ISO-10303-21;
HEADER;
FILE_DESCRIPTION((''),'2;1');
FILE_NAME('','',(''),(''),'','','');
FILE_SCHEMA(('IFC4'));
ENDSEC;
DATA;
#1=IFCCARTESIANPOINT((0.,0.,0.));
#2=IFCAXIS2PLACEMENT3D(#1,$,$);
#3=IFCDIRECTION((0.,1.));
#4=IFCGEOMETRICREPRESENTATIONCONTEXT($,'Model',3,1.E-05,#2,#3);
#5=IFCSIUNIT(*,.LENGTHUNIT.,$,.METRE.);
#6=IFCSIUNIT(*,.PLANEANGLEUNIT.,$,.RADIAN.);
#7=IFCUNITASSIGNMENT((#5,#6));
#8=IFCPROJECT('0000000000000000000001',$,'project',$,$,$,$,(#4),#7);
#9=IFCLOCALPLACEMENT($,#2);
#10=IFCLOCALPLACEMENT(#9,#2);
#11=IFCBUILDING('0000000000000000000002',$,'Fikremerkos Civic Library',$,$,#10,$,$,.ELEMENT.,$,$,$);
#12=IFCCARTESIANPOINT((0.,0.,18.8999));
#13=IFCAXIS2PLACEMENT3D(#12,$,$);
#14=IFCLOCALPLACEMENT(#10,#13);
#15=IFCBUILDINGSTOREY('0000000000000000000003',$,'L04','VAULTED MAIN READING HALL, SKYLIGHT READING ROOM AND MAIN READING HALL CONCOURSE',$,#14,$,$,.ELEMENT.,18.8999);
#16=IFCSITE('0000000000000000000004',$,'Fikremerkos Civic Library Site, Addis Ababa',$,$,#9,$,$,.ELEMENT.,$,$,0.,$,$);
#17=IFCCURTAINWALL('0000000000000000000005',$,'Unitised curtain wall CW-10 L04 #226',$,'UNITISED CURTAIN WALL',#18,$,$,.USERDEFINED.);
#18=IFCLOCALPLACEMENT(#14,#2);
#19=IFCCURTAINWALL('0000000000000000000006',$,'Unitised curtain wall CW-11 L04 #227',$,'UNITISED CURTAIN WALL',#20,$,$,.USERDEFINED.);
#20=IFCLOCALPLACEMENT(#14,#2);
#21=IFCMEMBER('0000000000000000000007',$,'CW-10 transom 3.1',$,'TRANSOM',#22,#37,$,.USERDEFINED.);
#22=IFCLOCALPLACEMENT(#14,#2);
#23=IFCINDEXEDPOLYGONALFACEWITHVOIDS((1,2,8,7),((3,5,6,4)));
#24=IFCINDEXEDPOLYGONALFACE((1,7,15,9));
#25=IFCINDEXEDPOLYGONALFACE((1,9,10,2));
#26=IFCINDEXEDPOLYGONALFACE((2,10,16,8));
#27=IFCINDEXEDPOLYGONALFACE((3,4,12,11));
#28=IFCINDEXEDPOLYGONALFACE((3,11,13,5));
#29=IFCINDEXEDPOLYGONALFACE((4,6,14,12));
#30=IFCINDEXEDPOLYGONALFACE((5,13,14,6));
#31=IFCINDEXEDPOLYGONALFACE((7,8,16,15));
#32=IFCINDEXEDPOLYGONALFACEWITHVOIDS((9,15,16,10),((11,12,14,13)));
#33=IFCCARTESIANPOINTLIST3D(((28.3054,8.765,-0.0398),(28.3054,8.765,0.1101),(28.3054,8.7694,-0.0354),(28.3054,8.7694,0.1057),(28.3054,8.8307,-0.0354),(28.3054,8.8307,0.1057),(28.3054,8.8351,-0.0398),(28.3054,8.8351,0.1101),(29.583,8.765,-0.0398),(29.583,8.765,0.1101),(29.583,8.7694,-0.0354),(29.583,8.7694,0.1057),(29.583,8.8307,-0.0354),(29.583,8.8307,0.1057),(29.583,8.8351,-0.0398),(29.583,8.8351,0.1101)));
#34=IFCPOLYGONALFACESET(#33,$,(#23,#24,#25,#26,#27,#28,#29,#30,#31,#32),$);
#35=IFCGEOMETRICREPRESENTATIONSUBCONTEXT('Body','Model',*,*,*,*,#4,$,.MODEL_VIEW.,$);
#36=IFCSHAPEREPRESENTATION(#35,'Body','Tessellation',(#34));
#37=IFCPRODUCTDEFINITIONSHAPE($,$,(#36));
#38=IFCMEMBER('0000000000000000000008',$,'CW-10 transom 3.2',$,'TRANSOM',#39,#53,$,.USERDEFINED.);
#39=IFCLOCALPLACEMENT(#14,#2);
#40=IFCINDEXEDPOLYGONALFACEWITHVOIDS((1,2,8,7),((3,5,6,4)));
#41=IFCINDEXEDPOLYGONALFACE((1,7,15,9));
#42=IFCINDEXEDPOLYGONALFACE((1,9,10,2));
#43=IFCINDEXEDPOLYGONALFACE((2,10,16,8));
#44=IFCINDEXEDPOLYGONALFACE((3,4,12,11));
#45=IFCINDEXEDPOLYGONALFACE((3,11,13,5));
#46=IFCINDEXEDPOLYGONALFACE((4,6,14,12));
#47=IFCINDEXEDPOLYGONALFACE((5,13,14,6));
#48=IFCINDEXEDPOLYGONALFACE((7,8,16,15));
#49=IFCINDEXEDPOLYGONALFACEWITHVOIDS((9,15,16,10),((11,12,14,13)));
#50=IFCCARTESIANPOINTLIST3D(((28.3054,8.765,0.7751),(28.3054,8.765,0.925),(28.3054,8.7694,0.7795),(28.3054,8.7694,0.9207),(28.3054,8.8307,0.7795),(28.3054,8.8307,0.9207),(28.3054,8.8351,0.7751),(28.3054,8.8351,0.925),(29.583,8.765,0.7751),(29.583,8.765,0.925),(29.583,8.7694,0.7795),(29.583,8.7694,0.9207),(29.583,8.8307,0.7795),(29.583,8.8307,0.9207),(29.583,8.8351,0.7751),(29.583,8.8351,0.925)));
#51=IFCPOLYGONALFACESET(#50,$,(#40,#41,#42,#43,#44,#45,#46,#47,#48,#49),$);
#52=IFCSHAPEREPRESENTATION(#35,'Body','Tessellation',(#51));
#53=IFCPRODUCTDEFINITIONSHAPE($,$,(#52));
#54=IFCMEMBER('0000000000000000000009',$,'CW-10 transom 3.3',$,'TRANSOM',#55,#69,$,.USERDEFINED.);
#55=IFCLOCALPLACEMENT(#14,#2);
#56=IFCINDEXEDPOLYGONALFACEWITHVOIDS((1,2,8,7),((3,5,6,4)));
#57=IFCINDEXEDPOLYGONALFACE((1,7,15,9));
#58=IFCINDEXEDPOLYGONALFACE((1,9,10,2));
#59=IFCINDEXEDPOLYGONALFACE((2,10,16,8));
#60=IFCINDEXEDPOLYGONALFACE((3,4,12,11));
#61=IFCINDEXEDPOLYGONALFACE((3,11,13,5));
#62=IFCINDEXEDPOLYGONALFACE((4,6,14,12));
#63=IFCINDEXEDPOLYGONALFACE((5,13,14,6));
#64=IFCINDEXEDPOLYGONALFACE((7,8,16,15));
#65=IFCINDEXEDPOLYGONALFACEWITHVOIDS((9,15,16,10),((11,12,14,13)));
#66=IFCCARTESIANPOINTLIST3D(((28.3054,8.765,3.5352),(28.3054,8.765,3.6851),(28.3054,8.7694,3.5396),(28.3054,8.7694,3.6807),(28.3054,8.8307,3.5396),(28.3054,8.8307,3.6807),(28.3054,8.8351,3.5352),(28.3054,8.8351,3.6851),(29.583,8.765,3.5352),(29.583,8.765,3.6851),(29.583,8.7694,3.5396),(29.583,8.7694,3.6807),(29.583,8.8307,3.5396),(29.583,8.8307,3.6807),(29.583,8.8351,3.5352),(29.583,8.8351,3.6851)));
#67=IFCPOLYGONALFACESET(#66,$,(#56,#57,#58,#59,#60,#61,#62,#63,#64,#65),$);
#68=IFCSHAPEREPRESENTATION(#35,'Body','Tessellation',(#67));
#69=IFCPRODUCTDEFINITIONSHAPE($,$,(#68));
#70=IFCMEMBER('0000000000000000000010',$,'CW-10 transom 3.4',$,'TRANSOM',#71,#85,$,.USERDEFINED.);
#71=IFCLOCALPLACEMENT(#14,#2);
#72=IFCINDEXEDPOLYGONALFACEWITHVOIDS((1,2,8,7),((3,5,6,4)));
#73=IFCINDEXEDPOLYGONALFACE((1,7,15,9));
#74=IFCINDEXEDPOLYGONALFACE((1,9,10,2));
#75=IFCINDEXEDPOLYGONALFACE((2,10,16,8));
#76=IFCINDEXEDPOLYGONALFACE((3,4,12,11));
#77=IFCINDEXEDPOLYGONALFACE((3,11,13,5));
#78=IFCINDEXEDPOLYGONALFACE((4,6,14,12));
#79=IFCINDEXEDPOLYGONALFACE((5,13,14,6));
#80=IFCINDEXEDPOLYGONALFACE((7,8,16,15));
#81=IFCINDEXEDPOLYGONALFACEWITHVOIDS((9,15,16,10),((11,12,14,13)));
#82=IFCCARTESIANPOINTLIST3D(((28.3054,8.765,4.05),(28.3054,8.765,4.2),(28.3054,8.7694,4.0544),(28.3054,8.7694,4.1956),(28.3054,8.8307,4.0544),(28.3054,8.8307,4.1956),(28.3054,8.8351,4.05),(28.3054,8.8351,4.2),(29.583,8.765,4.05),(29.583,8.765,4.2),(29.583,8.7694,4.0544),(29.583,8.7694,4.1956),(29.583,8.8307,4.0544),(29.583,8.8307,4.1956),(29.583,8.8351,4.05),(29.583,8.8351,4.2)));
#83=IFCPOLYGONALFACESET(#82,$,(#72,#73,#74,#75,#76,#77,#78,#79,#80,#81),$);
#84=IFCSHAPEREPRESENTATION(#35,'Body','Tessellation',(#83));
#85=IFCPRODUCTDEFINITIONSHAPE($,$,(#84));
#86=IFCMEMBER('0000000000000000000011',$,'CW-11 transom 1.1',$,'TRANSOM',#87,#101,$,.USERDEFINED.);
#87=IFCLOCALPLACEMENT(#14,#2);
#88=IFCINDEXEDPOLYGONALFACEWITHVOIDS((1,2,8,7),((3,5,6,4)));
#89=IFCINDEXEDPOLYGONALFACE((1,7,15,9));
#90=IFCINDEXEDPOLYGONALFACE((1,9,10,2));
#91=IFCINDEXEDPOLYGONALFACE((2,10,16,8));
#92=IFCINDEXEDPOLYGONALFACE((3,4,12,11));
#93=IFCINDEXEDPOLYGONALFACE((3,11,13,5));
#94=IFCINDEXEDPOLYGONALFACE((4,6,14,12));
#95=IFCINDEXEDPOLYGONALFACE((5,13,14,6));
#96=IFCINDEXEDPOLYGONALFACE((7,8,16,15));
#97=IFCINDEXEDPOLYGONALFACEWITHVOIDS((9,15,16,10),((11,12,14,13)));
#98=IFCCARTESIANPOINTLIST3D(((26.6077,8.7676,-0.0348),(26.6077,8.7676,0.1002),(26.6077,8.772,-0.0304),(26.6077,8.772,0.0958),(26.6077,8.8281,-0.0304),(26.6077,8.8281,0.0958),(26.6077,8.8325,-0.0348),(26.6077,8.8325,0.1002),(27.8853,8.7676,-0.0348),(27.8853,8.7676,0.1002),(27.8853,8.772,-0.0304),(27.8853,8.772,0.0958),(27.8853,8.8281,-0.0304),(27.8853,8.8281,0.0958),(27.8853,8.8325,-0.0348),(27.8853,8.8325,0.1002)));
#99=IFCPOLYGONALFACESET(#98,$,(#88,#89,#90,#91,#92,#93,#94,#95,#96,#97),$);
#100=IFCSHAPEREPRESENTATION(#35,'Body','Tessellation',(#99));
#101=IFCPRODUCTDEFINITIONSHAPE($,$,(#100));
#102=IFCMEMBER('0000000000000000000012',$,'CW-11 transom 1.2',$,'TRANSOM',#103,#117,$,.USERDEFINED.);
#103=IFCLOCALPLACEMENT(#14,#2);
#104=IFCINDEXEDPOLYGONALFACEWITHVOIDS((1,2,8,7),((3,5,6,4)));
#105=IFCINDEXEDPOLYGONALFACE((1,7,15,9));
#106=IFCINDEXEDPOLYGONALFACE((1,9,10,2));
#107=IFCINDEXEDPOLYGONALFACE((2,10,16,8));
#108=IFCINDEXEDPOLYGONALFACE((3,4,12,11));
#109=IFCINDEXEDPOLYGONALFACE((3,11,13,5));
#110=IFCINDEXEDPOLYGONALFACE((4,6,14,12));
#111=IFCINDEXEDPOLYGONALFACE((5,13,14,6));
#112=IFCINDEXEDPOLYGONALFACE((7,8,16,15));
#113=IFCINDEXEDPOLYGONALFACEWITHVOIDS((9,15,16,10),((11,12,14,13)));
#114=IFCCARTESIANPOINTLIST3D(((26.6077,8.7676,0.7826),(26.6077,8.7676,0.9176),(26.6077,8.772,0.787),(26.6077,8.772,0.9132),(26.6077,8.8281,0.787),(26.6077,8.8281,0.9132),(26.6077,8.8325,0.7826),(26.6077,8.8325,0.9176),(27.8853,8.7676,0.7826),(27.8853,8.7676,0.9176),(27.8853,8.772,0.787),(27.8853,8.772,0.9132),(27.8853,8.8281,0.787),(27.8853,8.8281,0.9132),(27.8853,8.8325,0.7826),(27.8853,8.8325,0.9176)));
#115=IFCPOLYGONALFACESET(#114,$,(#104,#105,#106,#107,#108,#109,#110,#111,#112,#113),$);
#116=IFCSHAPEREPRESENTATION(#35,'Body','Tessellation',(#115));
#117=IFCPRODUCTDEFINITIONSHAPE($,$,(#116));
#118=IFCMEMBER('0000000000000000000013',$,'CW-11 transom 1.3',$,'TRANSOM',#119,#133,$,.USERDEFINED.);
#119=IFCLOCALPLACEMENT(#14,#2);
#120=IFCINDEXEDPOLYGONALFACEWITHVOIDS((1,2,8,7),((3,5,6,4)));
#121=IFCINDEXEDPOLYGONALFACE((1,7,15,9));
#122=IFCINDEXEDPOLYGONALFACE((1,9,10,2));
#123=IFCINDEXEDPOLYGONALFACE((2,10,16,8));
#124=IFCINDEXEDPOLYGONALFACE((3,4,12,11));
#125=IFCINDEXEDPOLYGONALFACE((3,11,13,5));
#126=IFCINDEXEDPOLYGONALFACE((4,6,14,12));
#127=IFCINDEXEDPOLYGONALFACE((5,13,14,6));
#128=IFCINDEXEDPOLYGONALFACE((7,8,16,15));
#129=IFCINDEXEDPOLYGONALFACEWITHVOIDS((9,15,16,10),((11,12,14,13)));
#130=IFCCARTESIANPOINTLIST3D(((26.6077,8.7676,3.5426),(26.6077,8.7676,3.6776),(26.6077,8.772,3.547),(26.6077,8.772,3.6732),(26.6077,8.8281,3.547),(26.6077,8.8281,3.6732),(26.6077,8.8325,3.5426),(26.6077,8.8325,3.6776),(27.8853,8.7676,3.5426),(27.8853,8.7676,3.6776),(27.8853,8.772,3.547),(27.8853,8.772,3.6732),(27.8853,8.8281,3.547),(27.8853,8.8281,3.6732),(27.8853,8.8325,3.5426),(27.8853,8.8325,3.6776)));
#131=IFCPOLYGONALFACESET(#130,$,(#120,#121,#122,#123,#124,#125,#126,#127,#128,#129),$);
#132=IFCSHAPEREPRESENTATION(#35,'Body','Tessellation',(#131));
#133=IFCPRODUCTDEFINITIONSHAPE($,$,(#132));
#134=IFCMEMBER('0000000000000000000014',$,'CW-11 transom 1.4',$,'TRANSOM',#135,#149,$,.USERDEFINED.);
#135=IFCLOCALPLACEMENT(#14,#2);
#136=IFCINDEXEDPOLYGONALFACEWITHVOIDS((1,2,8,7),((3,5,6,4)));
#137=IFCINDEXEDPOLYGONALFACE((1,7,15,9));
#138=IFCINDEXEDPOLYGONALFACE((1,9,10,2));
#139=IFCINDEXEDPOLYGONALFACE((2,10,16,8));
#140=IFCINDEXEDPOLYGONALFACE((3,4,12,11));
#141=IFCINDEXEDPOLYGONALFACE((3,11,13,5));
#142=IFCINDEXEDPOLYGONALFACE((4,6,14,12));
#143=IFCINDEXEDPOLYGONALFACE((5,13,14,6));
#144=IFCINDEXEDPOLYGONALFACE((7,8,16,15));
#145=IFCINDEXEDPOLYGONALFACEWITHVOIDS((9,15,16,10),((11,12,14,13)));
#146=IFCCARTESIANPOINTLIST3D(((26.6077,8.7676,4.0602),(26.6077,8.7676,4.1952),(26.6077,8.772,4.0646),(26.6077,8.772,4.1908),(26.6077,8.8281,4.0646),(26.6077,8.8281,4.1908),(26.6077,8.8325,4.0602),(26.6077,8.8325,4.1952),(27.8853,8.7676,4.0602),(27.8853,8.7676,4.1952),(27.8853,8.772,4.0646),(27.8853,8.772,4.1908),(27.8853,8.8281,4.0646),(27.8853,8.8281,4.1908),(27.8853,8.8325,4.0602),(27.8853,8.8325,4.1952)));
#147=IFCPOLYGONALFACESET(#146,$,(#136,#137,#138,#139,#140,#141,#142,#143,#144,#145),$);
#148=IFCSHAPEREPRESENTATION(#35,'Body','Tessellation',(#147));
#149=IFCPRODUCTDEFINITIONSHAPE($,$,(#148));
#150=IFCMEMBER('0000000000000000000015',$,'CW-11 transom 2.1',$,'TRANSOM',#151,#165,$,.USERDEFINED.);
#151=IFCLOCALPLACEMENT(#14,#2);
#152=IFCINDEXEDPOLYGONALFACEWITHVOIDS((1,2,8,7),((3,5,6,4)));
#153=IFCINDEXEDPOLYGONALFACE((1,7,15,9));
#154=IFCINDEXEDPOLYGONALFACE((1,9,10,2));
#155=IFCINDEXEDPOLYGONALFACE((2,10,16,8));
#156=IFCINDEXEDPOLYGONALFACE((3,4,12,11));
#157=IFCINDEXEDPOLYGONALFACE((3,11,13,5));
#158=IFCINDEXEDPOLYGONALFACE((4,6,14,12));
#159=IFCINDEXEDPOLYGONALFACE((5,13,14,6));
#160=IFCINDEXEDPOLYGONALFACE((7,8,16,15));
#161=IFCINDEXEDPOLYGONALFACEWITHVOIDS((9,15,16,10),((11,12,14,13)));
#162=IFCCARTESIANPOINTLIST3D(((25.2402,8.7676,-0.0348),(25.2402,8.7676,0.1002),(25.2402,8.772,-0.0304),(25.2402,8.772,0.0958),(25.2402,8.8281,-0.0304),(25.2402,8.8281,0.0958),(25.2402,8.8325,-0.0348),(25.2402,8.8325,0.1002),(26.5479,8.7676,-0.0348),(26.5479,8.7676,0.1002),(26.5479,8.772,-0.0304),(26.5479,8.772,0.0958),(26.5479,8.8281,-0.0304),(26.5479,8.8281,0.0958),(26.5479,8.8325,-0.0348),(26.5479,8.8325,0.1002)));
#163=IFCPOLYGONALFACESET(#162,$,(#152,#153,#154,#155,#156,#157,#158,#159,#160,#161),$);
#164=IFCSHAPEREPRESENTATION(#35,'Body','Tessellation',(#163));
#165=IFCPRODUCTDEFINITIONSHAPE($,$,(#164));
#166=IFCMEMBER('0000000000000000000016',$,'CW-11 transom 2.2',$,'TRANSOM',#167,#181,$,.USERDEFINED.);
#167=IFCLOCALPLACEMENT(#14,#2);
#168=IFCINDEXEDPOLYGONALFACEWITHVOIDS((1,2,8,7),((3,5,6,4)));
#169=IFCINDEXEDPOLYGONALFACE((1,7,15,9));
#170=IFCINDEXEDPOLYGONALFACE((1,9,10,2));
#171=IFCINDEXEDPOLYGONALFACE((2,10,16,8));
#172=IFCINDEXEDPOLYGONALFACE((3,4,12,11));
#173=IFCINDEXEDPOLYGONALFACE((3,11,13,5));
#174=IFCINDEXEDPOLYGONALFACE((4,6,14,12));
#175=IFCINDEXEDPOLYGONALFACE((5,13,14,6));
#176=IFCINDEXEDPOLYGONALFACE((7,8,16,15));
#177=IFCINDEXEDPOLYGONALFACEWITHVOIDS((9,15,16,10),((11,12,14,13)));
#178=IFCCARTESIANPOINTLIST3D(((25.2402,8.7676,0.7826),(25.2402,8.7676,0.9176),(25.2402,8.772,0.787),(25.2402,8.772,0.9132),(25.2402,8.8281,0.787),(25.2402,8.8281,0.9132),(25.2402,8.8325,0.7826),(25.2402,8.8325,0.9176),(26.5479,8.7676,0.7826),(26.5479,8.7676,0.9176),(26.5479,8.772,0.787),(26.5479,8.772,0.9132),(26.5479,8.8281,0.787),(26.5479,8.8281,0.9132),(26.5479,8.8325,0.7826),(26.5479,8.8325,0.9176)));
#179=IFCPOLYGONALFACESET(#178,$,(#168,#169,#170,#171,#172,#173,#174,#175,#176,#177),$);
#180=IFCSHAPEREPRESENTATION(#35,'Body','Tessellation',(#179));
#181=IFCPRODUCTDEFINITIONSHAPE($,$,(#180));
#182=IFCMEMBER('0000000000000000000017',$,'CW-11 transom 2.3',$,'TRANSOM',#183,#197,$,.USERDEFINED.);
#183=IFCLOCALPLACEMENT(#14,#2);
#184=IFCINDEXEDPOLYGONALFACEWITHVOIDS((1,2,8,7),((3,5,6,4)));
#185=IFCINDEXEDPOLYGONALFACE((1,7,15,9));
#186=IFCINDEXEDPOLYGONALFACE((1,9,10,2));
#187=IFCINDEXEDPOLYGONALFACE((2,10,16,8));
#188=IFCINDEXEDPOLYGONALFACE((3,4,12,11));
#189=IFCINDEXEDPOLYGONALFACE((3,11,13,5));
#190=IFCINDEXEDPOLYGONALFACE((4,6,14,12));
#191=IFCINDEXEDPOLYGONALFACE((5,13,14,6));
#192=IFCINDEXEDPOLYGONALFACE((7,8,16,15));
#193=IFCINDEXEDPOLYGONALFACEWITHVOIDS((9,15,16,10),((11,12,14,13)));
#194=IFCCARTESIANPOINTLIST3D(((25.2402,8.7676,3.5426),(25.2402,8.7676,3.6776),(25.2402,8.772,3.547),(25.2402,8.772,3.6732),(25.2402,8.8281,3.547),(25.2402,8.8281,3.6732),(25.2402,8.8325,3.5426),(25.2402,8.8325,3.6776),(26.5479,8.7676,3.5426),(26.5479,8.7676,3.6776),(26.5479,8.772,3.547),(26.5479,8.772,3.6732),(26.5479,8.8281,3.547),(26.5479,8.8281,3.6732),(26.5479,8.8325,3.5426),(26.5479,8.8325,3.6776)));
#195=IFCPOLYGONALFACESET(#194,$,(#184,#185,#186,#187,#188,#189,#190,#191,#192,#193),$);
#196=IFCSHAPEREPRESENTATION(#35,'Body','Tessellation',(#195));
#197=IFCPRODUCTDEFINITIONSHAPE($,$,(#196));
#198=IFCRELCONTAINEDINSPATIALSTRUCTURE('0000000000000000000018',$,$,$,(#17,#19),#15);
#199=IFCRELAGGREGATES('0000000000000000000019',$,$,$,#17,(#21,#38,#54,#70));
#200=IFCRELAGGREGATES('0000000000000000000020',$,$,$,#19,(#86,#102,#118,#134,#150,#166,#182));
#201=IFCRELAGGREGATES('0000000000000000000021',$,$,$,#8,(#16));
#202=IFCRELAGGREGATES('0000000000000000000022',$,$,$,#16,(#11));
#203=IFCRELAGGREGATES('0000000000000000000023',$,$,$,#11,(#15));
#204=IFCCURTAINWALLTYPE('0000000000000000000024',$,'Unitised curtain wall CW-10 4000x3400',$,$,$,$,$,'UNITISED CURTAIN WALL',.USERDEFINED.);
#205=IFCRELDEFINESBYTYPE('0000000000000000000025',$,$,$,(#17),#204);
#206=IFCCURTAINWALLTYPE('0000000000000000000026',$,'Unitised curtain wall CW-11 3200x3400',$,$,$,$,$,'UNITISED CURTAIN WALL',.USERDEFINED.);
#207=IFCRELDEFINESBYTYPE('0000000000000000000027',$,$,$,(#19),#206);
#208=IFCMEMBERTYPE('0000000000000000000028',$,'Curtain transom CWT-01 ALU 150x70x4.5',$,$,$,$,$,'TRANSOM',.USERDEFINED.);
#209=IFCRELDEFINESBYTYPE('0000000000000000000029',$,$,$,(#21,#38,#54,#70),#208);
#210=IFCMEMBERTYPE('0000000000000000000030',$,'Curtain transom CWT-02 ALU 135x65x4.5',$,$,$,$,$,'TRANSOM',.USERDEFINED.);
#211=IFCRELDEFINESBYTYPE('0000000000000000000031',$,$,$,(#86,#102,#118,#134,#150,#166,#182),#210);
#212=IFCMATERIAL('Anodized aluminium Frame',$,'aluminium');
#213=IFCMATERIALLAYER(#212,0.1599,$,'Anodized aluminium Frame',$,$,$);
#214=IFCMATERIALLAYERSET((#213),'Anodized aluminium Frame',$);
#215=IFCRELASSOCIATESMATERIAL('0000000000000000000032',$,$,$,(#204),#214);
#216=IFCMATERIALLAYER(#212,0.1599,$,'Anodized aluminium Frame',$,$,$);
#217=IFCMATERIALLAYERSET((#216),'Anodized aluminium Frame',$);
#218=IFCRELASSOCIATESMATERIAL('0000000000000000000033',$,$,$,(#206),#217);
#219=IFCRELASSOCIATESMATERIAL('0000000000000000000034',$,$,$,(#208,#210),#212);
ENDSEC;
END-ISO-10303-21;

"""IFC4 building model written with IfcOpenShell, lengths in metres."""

from ifc_helpers import new_model, si_unit, direction, frame, origin, origin_2d, place, context, subcontext, project, spatial, hollow_rectangle, extrude, material, layer, layer_set, material_profile, profile_set, type_object, element, aggregate, save


model = new_model("IFC4")

# Units and contexts
model_context = context("Model", 3, precision=1e-05, world=origin(), true_north=direction((0.0, 1.0)))
body_context = subcontext(model_context, "Body", "Model", "MODEL_VIEW")
ifc_project = project(units=[si_unit("LENGTHUNIT", "METRE"), si_unit("PLANEANGLEUNIT", "RADIAN")], contexts=[model_context])

# Site, building, storey
site_placement = place(None, origin())
site = spatial("IfcSite", under=ifc_project, at=site_placement, Name="Fikremerkos Civic Library Site, Addis Ababa", CompositionType="ELEMENT", RefElevation=0.0)
building_placement = place(site_placement, origin())
building = spatial("IfcBuilding", under=site, at=building_placement, Name="Fikremerkos Civic Library", CompositionType="ELEMENT")
storey_placement = place(building_placement, frame((0.0, 0.0, 18.8999)))
storey = spatial("IfcBuildingStorey", under=building, at=storey_placement, Name="L04", Description="VAULTED MAIN READING HALL, SKYLIGHT READING ROOM AND MAIN READING HALL CONCOURSE", CompositionType="ELEMENT", Elevation=18.8999)

# Curtain walls
ifc_material_1 = material(Name="Anodized aluminium Frame", Category="aluminium")
ifc_layer_1 = layer(ifc_material_1, 0.1599, Name="Anodized aluminium Frame")
ifc_layer_set_1 = layer_set([ifc_layer_1], Name="Anodized aluminium Frame")
curtain_wall_type_1 = type_object("IfcCurtainWallType", Name="Unitised curtain wall CW-10 4000x3400", ElementType="UNITISED CURTAIN WALL", PredefinedType="USERDEFINED", material=ifc_layer_set_1)
curtain_wall_1_placement = place(storey_placement, origin())
curtain_wall_1 = element("IfcCurtainWall", 1, at=curtain_wall_1_placement, inside=storey, type_object=curtain_wall_type_1, Name="Unitised curtain wall CW-10 L04 #226", ObjectType="UNITISED CURTAIN WALL", PredefinedType="USERDEFINED")
ifc_layer_2 = layer(ifc_material_1, 0.1599, Name="Anodized aluminium Frame")
ifc_layer_set_2 = layer_set([ifc_layer_2], Name="Anodized aluminium Frame")
curtain_wall_type_2 = type_object("IfcCurtainWallType", Name="Unitised curtain wall CW-11 3200x3400", ElementType="UNITISED CURTAIN WALL", PredefinedType="USERDEFINED", material=ifc_layer_set_2)
curtain_wall_2_placement = place(storey_placement, origin())
curtain_wall_2 = element("IfcCurtainWall", 2, at=curtain_wall_2_placement, inside=storey, type_object=curtain_wall_type_2, Name="Unitised curtain wall CW-11 L04 #227", ObjectType="UNITISED CURTAIN WALL", PredefinedType="USERDEFINED")

# Members
ifc_material_profile_1 = material_profile(ifc_material_1, hollow_rectangle(XDim=0.0701, YDim=0.1499, WallThickness=0.0044, at=origin_2d()), Name="ALU 150x70x4.5")
ifc_profile_set_1 = profile_set([ifc_material_profile_1], Name="Anodized aluminium Frame")
member_type_1 = type_object("IfcMemberType", Name="Curtain transom CWT-01 ALU 150x70x4.5", ElementType="TRANSOM", PredefinedType="USERDEFINED", material=ifc_profile_set_1)
member_1_placement = place(storey_placement, frame((29.583, 8.8, 0.0352), z_axis=(-1.0, 0.0, 0.0), x_axis=(0.0, -1.0, 0.0)))
member_1 = element("IfcMember", 3, at=member_1_placement, type_object=member_type_1, Name="CW-10 transom 3.1", ObjectType="TRANSOM", PredefinedType="USERDEFINED", context=body_context, shape_type="SweptSolid", body=[
    extrude(hollow_rectangle(XDim=0.0701, YDim=0.1499, WallThickness=0.0044, at=origin_2d()), origin(), (0.0, 0.0, 1.0), 1.2776),
])
member_2_placement = place(storey_placement, frame((29.583, 8.8, 0.8501), z_axis=(-1.0, 0.0, 0.0), x_axis=(0.0, -1.0, 0.0)))
member_2 = element("IfcMember", 4, at=member_2_placement, type_object=member_type_1, Name="CW-10 transom 3.2", ObjectType="TRANSOM", PredefinedType="USERDEFINED", context=body_context, shape_type="SweptSolid", body=[
    extrude(hollow_rectangle(XDim=0.0701, YDim=0.1499, WallThickness=0.0044, at=origin_2d()), origin(), (0.0, 0.0, 1.0), 1.2776),
])
member_3_placement = place(storey_placement, frame((29.583, 8.8, 3.6101), z_axis=(-1.0, 0.0, 0.0), x_axis=(0.0, -1.0, 0.0)))
member_3 = element("IfcMember", 5, at=member_3_placement, type_object=member_type_1, Name="CW-10 transom 3.3", ObjectType="TRANSOM", PredefinedType="USERDEFINED", context=body_context, shape_type="SweptSolid", body=[
    extrude(hollow_rectangle(XDim=0.0701, YDim=0.1499, WallThickness=0.0044, at=origin_2d()), origin(), (0.0, 0.0, 1.0), 1.2776),
])
member_4_placement = place(storey_placement, frame((29.583, 8.8, 4.125), z_axis=(-1.0, 0.0, 0.0), x_axis=(0.0, -1.0, 0.0)))
member_4 = element("IfcMember", 6, at=member_4_placement, type_object=member_type_1, Name="CW-10 transom 3.4", ObjectType="TRANSOM", PredefinedType="USERDEFINED", context=body_context, shape_type="SweptSolid", body=[
    extrude(hollow_rectangle(XDim=0.0701, YDim=0.1499, WallThickness=0.0044, at=origin_2d()), origin(), (0.0, 0.0, 1.0), 1.2776),
])
ifc_material_profile_2 = material_profile(ifc_material_1, hollow_rectangle(XDim=0.0649, YDim=0.135, WallThickness=0.0044, at=origin_2d()), Name="ALU 135x65x4.5")
ifc_profile_set_2 = profile_set([ifc_material_profile_2], Name="Anodized aluminium Frame")
member_type_2 = type_object("IfcMemberType", Name="Curtain transom CWT-02 ALU 135x65x4.5", ElementType="TRANSOM", PredefinedType="USERDEFINED", material=ifc_profile_set_2)
member_5_placement = place(storey_placement, frame((27.8853, 8.8, 0.0327), z_axis=(-1.0, 0.0, 0.0), x_axis=(0.0, -1.0, 0.0)))
member_5 = element("IfcMember", 7, at=member_5_placement, type_object=member_type_2, Name="CW-11 transom 1.1", ObjectType="TRANSOM", PredefinedType="USERDEFINED", context=body_context, shape_type="SweptSolid", body=[
    extrude(hollow_rectangle(XDim=0.0649, YDim=0.135, WallThickness=0.0044, at=origin_2d()), origin(), (0.0, 0.0, 1.0), 1.2776),
])
member_6_placement = place(storey_placement, frame((27.8853, 8.8, 0.8501), z_axis=(-1.0, 0.0, 0.0), x_axis=(0.0, -1.0, 0.0)))
member_6 = element("IfcMember", 8, at=member_6_placement, type_object=member_type_2, Name="CW-11 transom 1.2", ObjectType="TRANSOM", PredefinedType="USERDEFINED", context=body_context, shape_type="SweptSolid", body=[
    extrude(hollow_rectangle(XDim=0.0649, YDim=0.135, WallThickness=0.0044, at=origin_2d()), origin(), (0.0, 0.0, 1.0), 1.2776),
])
member_7_placement = place(storey_placement, frame((27.8853, 8.8, 3.6101), z_axis=(-1.0, 0.0, 0.0), x_axis=(0.0, -1.0, 0.0)))
member_7 = element("IfcMember", 9, at=member_7_placement, type_object=member_type_2, Name="CW-11 transom 1.3", ObjectType="TRANSOM", PredefinedType="USERDEFINED", context=body_context, shape_type="SweptSolid", body=[
    extrude(hollow_rectangle(XDim=0.0649, YDim=0.135, WallThickness=0.0044, at=origin_2d()), origin(), (0.0, 0.0, 1.0), 1.2776),
])
member_8_placement = place(storey_placement, frame((27.8853, 8.8, 4.1277), z_axis=(-1.0, 0.0, 0.0), x_axis=(0.0, -1.0, 0.0)))
member_8 = element("IfcMember", 10, at=member_8_placement, type_object=member_type_2, Name="CW-11 transom 1.4", ObjectType="TRANSOM", PredefinedType="USERDEFINED", context=body_context, shape_type="SweptSolid", body=[
    extrude(hollow_rectangle(XDim=0.0649, YDim=0.135, WallThickness=0.0044, at=origin_2d()), origin(), (0.0, 0.0, 1.0), 1.2776),
])
member_9_placement = place(storey_placement, frame((26.5479, 8.8, 0.0327), z_axis=(-1.0, 0.0, 0.0), x_axis=(0.0, -1.0, 0.0)))
member_9 = element("IfcMember", 11, at=member_9_placement, type_object=member_type_2, Name="CW-11 transom 2.1", ObjectType="TRANSOM", PredefinedType="USERDEFINED", context=body_context, shape_type="SweptSolid", body=[
    extrude(hollow_rectangle(XDim=0.0649, YDim=0.135, WallThickness=0.0044, at=origin_2d()), origin(), (0.0, 0.0, 1.0), 1.3076),
])
member_10_placement = place(storey_placement, frame((26.5479, 8.8, 0.8501), z_axis=(-1.0, 0.0, 0.0), x_axis=(0.0, -1.0, 0.0)))
member_10 = element("IfcMember", 12, at=member_10_placement, type_object=member_type_2, Name="CW-11 transom 2.2", ObjectType="TRANSOM", PredefinedType="USERDEFINED", context=body_context, shape_type="SweptSolid", body=[
    extrude(hollow_rectangle(XDim=0.0649, YDim=0.135, WallThickness=0.0044, at=origin_2d()), origin(), (0.0, 0.0, 1.0), 1.3076),
])
member_11_placement = place(storey_placement, frame((26.5479, 8.8, 3.6101), z_axis=(-1.0, 0.0, 0.0), x_axis=(0.0, -1.0, 0.0)))
member_11 = element("IfcMember", 13, at=member_11_placement, type_object=member_type_2, Name="CW-11 transom 2.3", ObjectType="TRANSOM", PredefinedType="USERDEFINED", context=body_context, shape_type="SweptSolid", body=[
    extrude(hollow_rectangle(XDim=0.0649, YDim=0.135, WallThickness=0.0044, at=origin_2d()), origin(), (0.0, 0.0, 1.0), 1.3076),
])

aggregate(curtain_wall_1, [member_1, member_2, member_3, member_4])
aggregate(curtain_wall_2, [member_5, member_6, member_7, member_8, member_9, member_10, member_11])

save(model, "model.ifc")
